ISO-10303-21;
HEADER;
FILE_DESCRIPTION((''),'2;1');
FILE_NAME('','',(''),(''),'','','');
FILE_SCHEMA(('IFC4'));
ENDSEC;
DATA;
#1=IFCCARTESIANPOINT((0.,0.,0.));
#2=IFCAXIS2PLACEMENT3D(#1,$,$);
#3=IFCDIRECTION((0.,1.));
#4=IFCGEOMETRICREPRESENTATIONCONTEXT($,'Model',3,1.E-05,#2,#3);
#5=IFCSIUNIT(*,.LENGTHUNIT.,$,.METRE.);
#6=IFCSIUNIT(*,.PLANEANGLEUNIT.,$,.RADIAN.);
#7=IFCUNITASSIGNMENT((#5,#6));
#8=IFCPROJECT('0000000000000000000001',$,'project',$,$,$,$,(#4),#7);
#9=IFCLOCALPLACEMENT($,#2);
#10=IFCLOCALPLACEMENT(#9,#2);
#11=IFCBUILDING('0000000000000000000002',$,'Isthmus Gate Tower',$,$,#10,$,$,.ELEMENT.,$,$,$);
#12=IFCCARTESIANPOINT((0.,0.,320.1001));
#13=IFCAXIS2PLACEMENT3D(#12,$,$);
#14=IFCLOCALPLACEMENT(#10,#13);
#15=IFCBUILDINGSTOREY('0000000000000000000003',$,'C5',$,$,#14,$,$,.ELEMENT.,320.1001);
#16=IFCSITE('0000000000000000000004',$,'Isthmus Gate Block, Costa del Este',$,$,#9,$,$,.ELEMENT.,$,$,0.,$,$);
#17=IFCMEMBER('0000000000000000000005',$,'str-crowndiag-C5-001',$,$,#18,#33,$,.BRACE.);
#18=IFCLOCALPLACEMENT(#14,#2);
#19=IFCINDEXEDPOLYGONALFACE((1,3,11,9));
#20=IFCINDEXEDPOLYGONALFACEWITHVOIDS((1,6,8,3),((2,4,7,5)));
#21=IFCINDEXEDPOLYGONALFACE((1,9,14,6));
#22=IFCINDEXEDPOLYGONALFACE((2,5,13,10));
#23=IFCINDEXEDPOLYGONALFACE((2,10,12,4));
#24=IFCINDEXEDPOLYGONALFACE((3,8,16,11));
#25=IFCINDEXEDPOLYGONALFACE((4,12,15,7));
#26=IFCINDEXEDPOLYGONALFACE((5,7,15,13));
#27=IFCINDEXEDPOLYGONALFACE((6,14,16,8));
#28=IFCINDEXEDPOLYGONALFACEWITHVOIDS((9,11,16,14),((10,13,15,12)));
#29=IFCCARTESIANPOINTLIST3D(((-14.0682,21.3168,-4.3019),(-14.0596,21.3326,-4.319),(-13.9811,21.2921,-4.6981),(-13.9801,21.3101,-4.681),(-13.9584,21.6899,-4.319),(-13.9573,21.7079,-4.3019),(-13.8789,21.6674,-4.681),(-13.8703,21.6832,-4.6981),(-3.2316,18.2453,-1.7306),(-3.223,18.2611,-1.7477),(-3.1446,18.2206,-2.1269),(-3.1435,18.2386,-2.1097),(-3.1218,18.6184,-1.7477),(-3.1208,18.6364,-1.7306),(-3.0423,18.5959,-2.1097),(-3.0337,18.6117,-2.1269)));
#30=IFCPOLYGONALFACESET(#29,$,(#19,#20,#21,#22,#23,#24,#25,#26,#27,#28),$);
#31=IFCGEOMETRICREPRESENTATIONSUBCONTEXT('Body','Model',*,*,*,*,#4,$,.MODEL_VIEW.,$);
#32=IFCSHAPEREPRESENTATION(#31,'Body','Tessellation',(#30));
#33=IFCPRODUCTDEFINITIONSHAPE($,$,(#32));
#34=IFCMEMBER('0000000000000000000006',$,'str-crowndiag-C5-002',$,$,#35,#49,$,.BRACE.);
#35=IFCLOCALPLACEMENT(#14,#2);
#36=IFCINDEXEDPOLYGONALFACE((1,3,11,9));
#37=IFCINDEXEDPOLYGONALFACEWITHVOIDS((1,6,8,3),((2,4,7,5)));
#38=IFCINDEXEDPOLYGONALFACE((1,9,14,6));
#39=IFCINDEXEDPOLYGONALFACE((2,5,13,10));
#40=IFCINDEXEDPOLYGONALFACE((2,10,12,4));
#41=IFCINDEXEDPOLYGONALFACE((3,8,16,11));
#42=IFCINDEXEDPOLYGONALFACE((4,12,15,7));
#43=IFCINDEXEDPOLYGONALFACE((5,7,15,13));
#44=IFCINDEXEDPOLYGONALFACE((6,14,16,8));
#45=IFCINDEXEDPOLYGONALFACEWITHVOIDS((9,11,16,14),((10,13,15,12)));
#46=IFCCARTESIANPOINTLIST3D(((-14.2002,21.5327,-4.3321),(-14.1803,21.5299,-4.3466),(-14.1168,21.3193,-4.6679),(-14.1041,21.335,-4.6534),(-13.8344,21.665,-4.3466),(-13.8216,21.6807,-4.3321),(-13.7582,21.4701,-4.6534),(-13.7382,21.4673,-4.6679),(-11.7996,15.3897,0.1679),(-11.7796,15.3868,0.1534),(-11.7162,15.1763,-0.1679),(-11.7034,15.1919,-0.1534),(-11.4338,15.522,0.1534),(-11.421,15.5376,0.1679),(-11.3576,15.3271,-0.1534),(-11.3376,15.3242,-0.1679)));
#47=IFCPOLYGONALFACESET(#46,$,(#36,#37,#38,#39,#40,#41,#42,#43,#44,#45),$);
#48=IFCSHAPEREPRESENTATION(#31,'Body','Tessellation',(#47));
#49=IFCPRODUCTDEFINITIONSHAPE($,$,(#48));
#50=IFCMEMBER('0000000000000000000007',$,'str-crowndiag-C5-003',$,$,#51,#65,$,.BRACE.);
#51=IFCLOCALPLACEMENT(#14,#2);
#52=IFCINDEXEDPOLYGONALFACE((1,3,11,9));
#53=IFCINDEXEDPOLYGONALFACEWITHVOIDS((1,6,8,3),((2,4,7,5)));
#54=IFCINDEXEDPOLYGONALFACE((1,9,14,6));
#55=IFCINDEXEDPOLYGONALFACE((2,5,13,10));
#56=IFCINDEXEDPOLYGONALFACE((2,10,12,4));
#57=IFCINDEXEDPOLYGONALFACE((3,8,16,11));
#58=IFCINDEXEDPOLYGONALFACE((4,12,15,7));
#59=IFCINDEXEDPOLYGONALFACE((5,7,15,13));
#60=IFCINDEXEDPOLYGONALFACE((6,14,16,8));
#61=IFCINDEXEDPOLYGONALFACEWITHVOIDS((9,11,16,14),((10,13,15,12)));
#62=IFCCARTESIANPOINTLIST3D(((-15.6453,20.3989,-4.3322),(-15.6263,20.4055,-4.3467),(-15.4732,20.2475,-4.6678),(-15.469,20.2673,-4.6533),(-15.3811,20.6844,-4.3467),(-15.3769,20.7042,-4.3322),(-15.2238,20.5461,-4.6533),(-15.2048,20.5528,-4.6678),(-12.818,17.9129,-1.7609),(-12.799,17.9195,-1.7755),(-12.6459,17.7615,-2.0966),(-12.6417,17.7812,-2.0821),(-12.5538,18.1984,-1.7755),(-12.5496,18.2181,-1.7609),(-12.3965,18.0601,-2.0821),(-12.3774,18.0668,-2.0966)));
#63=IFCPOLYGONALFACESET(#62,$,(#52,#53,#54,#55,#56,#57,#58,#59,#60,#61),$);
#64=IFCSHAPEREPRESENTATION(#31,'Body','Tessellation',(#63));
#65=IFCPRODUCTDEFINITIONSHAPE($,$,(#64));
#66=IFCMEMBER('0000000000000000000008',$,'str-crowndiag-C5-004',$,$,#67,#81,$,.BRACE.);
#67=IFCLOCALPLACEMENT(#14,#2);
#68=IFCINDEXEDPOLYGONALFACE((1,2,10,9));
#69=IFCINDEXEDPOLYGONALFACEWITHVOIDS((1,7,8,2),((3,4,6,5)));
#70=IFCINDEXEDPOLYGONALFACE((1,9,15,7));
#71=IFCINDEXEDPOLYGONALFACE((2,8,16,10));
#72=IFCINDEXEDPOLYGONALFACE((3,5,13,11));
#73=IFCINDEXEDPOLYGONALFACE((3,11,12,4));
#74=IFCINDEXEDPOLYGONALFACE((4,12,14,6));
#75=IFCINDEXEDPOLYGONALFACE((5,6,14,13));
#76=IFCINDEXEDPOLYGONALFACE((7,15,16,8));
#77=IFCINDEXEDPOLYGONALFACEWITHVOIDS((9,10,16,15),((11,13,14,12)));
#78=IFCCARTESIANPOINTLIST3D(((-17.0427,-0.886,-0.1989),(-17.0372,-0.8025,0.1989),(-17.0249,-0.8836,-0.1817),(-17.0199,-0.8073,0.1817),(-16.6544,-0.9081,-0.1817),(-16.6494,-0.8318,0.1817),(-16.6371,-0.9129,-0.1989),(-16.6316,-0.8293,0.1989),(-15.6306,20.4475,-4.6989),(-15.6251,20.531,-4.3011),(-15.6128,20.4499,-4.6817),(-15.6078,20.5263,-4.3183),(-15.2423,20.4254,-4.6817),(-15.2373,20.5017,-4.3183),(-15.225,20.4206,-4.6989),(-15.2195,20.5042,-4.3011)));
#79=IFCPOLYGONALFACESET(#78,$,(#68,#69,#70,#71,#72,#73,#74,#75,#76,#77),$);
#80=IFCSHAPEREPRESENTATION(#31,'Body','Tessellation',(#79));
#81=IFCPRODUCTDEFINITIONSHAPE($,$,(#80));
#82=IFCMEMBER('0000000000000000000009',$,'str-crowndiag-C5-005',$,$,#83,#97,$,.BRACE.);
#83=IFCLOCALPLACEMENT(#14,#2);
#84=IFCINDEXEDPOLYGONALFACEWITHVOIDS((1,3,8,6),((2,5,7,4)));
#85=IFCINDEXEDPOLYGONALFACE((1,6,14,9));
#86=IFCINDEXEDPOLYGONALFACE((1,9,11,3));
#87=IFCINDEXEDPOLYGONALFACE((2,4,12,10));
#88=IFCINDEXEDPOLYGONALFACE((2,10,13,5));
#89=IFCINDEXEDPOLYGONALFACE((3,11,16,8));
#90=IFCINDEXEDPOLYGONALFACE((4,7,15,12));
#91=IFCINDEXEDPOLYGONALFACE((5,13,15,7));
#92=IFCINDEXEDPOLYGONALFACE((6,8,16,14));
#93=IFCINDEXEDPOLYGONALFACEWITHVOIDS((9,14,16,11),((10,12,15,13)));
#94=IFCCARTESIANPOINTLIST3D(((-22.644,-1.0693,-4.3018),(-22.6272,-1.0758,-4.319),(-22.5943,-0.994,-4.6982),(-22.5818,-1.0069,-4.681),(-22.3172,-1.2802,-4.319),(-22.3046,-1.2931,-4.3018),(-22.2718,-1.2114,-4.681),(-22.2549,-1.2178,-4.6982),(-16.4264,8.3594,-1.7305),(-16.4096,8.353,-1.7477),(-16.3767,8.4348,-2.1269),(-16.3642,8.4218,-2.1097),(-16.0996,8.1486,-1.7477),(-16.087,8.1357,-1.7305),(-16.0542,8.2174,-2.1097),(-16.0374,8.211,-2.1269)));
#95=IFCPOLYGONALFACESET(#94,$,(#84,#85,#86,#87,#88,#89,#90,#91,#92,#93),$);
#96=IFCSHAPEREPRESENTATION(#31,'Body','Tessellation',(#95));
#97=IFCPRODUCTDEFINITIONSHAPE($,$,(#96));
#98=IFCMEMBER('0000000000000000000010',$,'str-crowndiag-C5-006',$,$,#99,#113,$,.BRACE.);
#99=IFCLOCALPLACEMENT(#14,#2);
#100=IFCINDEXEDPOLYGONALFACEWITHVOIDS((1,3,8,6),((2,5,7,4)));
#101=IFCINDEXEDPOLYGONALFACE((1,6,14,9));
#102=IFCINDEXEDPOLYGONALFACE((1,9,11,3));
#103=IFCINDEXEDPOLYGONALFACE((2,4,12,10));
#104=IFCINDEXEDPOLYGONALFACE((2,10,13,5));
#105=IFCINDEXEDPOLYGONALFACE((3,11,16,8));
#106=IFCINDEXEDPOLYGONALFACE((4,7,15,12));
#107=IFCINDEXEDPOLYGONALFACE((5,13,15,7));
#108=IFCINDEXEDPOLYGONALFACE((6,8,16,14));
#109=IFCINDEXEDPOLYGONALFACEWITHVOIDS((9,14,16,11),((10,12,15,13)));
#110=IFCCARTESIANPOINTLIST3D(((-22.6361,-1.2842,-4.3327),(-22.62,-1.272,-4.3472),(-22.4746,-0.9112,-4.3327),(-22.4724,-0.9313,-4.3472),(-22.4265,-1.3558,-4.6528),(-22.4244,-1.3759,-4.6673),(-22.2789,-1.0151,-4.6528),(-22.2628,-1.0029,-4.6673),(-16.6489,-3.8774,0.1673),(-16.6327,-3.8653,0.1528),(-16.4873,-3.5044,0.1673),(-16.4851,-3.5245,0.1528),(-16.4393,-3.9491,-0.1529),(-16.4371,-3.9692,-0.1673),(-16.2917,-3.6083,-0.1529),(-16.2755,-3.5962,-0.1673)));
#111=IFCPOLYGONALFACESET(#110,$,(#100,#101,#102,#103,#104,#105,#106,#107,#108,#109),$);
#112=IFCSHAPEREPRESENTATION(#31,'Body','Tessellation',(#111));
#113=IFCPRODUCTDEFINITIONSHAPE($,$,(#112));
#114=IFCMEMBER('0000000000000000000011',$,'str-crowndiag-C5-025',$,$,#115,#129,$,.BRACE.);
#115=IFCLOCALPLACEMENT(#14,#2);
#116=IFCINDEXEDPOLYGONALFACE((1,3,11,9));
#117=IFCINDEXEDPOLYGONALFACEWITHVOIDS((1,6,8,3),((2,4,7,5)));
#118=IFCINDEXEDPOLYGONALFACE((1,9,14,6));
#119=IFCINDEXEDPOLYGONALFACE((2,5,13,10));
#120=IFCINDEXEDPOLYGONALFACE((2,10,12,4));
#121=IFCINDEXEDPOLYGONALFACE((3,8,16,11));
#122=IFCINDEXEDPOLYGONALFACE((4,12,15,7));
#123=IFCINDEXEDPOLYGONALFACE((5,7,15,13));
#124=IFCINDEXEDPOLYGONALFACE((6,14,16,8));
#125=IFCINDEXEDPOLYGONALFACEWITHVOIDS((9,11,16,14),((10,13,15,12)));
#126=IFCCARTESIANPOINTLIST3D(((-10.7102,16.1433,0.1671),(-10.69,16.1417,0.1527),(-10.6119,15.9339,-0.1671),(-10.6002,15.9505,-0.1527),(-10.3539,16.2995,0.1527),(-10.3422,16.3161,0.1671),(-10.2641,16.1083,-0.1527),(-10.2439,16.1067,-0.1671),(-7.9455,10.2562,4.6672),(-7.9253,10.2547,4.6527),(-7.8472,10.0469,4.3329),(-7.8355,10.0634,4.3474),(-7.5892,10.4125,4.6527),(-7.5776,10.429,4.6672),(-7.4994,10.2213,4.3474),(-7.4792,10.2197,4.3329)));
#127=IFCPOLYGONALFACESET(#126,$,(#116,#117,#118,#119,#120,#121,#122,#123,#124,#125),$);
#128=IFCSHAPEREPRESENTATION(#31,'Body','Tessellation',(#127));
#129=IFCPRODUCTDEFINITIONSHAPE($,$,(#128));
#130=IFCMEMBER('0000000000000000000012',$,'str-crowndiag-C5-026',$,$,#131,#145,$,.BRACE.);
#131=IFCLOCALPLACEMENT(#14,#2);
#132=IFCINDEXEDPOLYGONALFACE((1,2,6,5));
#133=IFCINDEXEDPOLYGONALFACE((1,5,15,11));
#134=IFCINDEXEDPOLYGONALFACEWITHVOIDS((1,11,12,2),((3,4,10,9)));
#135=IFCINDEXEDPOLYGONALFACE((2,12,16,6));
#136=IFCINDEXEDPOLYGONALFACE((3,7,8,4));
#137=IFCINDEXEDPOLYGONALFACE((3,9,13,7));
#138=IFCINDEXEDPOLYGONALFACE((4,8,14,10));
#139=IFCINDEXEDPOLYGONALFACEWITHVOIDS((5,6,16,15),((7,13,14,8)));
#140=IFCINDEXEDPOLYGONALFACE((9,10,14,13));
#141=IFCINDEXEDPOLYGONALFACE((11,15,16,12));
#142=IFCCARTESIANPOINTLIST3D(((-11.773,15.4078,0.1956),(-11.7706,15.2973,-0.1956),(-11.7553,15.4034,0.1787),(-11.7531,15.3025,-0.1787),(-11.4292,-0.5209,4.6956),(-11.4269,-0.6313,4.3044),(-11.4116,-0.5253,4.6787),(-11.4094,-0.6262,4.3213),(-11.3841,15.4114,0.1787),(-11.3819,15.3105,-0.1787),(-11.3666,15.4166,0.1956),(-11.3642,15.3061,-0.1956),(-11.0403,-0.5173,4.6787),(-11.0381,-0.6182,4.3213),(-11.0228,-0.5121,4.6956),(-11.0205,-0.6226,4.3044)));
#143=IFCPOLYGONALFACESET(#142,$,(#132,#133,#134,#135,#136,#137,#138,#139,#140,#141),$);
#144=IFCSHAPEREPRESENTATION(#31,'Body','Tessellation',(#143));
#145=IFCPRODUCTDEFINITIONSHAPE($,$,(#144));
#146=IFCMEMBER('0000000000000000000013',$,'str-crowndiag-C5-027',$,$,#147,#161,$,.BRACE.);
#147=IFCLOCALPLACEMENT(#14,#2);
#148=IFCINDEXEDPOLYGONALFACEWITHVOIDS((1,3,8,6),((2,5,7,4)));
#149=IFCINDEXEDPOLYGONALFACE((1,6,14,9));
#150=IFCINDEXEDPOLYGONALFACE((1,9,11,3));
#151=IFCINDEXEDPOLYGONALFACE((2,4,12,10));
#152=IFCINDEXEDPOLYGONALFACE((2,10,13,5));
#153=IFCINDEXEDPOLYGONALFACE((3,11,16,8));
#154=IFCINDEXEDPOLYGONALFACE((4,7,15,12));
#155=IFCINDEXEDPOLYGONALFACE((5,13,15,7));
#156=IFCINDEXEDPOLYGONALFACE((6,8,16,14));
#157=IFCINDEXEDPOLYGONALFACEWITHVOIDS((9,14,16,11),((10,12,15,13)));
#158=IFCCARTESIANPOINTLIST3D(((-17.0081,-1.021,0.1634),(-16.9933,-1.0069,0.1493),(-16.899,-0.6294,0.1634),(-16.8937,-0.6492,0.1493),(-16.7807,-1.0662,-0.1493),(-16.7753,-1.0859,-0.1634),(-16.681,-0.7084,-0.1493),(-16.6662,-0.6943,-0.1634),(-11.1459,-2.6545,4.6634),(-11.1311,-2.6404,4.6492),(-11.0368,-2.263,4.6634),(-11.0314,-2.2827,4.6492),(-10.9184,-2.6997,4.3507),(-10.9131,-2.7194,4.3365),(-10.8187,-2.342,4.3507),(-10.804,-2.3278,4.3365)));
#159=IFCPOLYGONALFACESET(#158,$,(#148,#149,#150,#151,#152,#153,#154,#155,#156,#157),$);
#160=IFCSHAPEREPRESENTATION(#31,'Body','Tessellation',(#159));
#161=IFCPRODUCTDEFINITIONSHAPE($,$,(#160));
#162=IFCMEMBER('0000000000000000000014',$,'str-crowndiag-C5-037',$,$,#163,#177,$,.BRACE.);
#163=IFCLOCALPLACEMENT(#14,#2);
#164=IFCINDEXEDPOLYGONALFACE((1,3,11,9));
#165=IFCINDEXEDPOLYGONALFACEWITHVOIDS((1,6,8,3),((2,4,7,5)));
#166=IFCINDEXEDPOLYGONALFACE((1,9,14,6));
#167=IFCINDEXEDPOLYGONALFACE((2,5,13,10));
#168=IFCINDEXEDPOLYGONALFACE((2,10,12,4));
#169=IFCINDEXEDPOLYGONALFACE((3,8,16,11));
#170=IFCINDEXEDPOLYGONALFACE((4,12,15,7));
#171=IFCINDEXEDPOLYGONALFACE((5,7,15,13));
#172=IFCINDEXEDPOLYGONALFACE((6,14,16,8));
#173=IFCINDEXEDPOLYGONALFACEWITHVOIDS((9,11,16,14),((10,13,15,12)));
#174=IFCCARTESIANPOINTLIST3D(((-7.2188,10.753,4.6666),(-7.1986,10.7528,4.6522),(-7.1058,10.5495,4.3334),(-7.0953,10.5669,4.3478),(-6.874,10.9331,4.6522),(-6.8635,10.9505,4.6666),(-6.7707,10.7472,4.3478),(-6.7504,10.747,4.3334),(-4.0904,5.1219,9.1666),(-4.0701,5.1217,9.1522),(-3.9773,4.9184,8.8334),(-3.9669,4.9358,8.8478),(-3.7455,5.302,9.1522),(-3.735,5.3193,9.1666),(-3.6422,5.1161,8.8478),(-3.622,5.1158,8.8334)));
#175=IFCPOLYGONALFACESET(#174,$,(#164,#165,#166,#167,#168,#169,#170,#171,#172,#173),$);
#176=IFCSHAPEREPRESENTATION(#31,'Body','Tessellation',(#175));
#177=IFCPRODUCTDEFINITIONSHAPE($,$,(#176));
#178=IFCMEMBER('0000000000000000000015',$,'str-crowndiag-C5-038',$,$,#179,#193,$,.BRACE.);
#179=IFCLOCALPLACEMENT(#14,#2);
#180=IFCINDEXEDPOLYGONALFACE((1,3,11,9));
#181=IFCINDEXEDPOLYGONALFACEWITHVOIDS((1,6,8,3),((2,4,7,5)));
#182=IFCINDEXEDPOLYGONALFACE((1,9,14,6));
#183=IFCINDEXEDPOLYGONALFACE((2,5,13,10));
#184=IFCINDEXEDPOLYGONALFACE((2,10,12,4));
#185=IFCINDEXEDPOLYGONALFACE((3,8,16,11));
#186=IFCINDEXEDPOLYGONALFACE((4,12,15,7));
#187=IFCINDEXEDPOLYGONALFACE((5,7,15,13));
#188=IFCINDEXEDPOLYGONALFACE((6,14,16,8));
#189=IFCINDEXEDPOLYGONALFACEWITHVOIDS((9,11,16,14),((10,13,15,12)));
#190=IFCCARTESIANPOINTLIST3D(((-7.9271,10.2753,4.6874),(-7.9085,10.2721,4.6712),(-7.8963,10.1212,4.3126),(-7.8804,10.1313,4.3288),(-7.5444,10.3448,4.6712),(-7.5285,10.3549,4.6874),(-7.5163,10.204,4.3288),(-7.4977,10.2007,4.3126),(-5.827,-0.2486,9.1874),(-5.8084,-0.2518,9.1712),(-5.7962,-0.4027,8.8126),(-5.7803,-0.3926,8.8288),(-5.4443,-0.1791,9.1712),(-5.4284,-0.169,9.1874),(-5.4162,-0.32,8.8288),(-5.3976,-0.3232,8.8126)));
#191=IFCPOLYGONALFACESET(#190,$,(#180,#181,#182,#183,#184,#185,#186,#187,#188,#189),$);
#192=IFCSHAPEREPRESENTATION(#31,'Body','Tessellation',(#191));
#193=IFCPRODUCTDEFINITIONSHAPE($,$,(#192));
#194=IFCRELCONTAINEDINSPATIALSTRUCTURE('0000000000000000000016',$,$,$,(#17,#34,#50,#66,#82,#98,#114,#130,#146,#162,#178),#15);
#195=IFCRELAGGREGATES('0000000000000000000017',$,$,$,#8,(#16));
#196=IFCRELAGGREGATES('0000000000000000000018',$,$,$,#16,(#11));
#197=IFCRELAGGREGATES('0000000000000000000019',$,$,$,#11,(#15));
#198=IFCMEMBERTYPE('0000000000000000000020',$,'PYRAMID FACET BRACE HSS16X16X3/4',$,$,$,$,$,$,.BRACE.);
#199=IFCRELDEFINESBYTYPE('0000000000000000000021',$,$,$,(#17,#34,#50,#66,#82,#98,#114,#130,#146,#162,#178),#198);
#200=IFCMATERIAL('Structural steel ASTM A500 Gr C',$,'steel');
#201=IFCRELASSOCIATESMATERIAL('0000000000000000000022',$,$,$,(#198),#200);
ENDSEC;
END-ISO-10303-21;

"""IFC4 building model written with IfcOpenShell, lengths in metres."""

from ifc_helpers import new_model, si_unit, direction, frame, origin, origin_2d, place, context, subcontext, project, spatial, hollow_rectangle, extrude, material, material_profile, profile_set, type_object, element, save


model = new_model("IFC4")

# Units and contexts
model_context = context("Model", 3, precision=1e-05, world=origin(), true_north=direction((0.0, 1.0)))
body_context = subcontext(model_context, "Body", "Model", "MODEL_VIEW")
ifc_project = project(units=[si_unit("LENGTHUNIT", "METRE"), si_unit("PLANEANGLEUNIT", "RADIAN")], contexts=[model_context])

# Site, building, storey
site_placement = place(None, origin())
site = spatial("IfcSite", under=ifc_project, at=site_placement, Name="Isthmus Gate Block, Costa del Este", CompositionType="ELEMENT", RefElevation=0.0)
building_placement = place(site_placement, origin())
building = spatial("IfcBuilding", under=site, at=building_placement, Name="Isthmus Gate Tower", CompositionType="ELEMENT")
storey_placement = place(building_placement, frame((0.0, 0.0, 320.1001)))
storey = spatial("IfcBuildingStorey", under=building, at=storey_placement, Name="C5", CompositionType="ELEMENT", Elevation=320.1001)

# Members
ifc_material_1 = material(Name="Structural steel ASTM A500 Gr C", Category="steel")
ifc_material_profile_1 = material_profile(ifc_material_1, hollow_rectangle(XDim=0.4065, YDim=0.4065, WallThickness=0.0176, at=origin_2d()), Name="HSS16X16X3/4")
ifc_profile_set_1 = profile_set([ifc_material_profile_1], Name="Structural steel ASTM A500 Gr C")
member_type = type_object("IfcMemberType", Name="PYRAMID FACET BRACE HSS16X16X3/4", PredefinedType="BRACE", material=ifc_profile_set_1)
member_1_placement = place(storey_placement, frame((-13.9692, 21.5, -4.5), z_axis=(0.93797, -0.265857, 0.222558), x_axis=(0.272697, 0.9621, 0.0)))
element("IfcMember", 1, at=member_1_placement, inside=storey, type_object=member_type, Name="str-crowndiag-C5-001", PredefinedType="BRACE", context=body_context, shape_type="SweptSolid", body=[
    extrude(hollow_rectangle(XDim=0.4065, YDim=0.4065, WallThickness=0.0176, at=origin_2d()), origin(), (0.0, 0.0, 1.0), 11.5532),
])
member_2_placement = place(storey_placement, frame((-13.9692, 21.5, -4.5), z_axis=(0.300666, -0.769386, 0.5636), x_axis=(0.931406, 0.363982, 0.0)))
element("IfcMember", 2, at=member_2_placement, inside=storey, type_object=member_type, Name="str-crowndiag-C5-002", PredefinedType="BRACE", context=body_context, shape_type="SweptSolid", body=[
    extrude(hollow_rectangle(XDim=0.4065, YDim=0.4065, WallThickness=0.0176, at=origin_2d()), origin(), (0.0, 0.0, 1.0), 7.9844),
])
member_3_placement = place(storey_placement, frame((-15.425, 20.4758, -4.5), z_axis=(0.620151, -0.54529, 0.563978), x_axis=(0.660325, 0.75098, 0.0)))
element("IfcMember", 3, at=member_3_placement, inside=storey, type_object=member_type, Name="str-crowndiag-C5-003", PredefinedType="BRACE", context=body_context, shape_type="SweptSolid", body=[
    extrude(hollow_rectangle(XDim=0.4065, YDim=0.4065, WallThickness=0.0176, at=origin_2d()), origin(), (0.0, 0.0, 1.0), 4.5591),
])
member_4_placement = place(storey_placement, frame((-15.425, 20.4758, -4.5), z_axis=(-0.064632, -0.976423, 0.205963), x_axis=(0.997816, -0.066048, 0.0)))
element("IfcMember", 4, at=member_4_placement, inside=storey, type_object=member_type, Name="str-crowndiag-C5-004", PredefinedType="BRACE", context=body_context, shape_type="SweptSolid", body=[
    extrude(hollow_rectangle(XDim=0.4065, YDim=0.4065, WallThickness=0.0176, at=origin_2d()), origin(), (0.0, 0.0, 1.0), 21.8486),
])
member_5_placement = place(storey_placement, frame((-22.4495, -1.1436, -4.5), z_axis=(0.536773, 0.814001, 0.221985), x_axis=(-0.83483, 0.550508, 0.0)))
element("IfcMember", 5, at=member_5_placement, inside=storey, type_object=member_type, Name="str-crowndiag-C5-005", PredefinedType="BRACE", context=body_context, shape_type="SweptSolid", body=[
    extrude(hollow_rectangle(XDim=0.4065, YDim=0.4065, WallThickness=0.0176, at=origin_2d()), origin(), (0.0, 0.0, 1.0), 11.5833),
])
member_6_placement = place(storey_placement, frame((-22.4495, -1.1436, -4.5), z_axis=(0.755392, -0.327181, 0.567746), x_axis=(0.397448, 0.917625, 0.0)))
element("IfcMember", 6, at=member_6_placement, inside=storey, type_object=member_type, Name="str-crowndiag-C5-006", PredefinedType="BRACE", context=body_context, shape_type="SweptSolid", body=[
    extrude(hollow_rectangle(XDim=0.4065, YDim=0.4065, WallThickness=0.0176, at=origin_2d()), origin(), (0.0, 0.0, 1.0), 7.926),
])
member_7_placement = place(storey_placement, frame((-10.4771, 16.125, 0.0), z_axis=(0.349565, -0.744353, 0.568984), x_axis=(0.905155, 0.425081, 0.0)))
element("IfcMember", 7, at=member_7_placement, inside=storey, type_object=member_type, Name="str-crowndiag-C5-025", PredefinedType="BRACE", context=body_context, shape_type="SweptSolid", body=[
    extrude(hollow_rectangle(XDim=0.4065, YDim=0.4065, WallThickness=0.0176, at=origin_2d()), origin(), (0.0, 0.0, 1.0), 7.9089),
])
member_8_placement = place(storey_placement, frame((-11.5686, 15.3569, 0.0), z_axis=(0.020763, -0.962127, 0.271809), x_axis=(0.999767, 0.021576, 0.0)))
element("IfcMember", 8, at=member_8_placement, inside=storey, type_object=member_type, Name="str-crowndiag-C5-026", PredefinedType="BRACE", context=body_context, shape_type="SweptSolid", body=[
    extrude(hollow_rectangle(XDim=0.4065, YDim=0.4065, WallThickness=0.0176, at=origin_2d()), origin(), (0.0, 0.0, 1.0), 16.5557),
])
member_9_placement = place(storey_placement, frame((-16.8372, -0.8577, 0.0), z_axis=(0.774547, -0.215829, 0.594555), x_axis=(0.268426, 0.9633, 0.0)))
element("IfcMember", 9, at=member_9_placement, inside=storey, type_object=member_type, Name="str-crowndiag-C5-027", PredefinedType="BRACE", context=body_context, shape_type="SweptSolid", body=[
    extrude(hollow_rectangle(XDim=0.4065, YDim=0.4065, WallThickness=0.0176, at=origin_2d()), origin(), (0.0, 0.0, 1.0), 7.5686),
])
member_10_placement = place(storey_placement, frame((-6.9846, 10.75, 4.5), z_axis=(0.398125, -0.716618, 0.572673), x_axis=(0.874155, 0.485646, 0.0)))
element("IfcMember", 10, at=member_10_placement, inside=storey, type_object=member_type, Name="str-crowndiag-C5-037", PredefinedType="BRACE", context=body_context, shape_type="SweptSolid", body=[
    extrude(hollow_rectangle(XDim=0.4065, YDim=0.4065, WallThickness=0.0176, at=origin_2d()), origin(), (0.0, 0.0, 1.0), 7.8579),
])
member_11_placement = place(storey_placement, frame((-7.7124, 10.238, 4.5), z_axis=(0.180472, -0.904372, 0.386707), x_axis=(0.980665, 0.195696, 0.0)))
element("IfcMember", 11, at=member_11_placement, inside=storey, type_object=member_type, Name="str-crowndiag-C5-038", PredefinedType="BRACE", context=body_context, shape_type="SweptSolid", body=[
    extrude(hollow_rectangle(XDim=0.4065, YDim=0.4065, WallThickness=0.0176, at=origin_2d()), origin(), (0.0, 0.0, 1.0), 11.6367),
])

save(model, "model.ifc")
